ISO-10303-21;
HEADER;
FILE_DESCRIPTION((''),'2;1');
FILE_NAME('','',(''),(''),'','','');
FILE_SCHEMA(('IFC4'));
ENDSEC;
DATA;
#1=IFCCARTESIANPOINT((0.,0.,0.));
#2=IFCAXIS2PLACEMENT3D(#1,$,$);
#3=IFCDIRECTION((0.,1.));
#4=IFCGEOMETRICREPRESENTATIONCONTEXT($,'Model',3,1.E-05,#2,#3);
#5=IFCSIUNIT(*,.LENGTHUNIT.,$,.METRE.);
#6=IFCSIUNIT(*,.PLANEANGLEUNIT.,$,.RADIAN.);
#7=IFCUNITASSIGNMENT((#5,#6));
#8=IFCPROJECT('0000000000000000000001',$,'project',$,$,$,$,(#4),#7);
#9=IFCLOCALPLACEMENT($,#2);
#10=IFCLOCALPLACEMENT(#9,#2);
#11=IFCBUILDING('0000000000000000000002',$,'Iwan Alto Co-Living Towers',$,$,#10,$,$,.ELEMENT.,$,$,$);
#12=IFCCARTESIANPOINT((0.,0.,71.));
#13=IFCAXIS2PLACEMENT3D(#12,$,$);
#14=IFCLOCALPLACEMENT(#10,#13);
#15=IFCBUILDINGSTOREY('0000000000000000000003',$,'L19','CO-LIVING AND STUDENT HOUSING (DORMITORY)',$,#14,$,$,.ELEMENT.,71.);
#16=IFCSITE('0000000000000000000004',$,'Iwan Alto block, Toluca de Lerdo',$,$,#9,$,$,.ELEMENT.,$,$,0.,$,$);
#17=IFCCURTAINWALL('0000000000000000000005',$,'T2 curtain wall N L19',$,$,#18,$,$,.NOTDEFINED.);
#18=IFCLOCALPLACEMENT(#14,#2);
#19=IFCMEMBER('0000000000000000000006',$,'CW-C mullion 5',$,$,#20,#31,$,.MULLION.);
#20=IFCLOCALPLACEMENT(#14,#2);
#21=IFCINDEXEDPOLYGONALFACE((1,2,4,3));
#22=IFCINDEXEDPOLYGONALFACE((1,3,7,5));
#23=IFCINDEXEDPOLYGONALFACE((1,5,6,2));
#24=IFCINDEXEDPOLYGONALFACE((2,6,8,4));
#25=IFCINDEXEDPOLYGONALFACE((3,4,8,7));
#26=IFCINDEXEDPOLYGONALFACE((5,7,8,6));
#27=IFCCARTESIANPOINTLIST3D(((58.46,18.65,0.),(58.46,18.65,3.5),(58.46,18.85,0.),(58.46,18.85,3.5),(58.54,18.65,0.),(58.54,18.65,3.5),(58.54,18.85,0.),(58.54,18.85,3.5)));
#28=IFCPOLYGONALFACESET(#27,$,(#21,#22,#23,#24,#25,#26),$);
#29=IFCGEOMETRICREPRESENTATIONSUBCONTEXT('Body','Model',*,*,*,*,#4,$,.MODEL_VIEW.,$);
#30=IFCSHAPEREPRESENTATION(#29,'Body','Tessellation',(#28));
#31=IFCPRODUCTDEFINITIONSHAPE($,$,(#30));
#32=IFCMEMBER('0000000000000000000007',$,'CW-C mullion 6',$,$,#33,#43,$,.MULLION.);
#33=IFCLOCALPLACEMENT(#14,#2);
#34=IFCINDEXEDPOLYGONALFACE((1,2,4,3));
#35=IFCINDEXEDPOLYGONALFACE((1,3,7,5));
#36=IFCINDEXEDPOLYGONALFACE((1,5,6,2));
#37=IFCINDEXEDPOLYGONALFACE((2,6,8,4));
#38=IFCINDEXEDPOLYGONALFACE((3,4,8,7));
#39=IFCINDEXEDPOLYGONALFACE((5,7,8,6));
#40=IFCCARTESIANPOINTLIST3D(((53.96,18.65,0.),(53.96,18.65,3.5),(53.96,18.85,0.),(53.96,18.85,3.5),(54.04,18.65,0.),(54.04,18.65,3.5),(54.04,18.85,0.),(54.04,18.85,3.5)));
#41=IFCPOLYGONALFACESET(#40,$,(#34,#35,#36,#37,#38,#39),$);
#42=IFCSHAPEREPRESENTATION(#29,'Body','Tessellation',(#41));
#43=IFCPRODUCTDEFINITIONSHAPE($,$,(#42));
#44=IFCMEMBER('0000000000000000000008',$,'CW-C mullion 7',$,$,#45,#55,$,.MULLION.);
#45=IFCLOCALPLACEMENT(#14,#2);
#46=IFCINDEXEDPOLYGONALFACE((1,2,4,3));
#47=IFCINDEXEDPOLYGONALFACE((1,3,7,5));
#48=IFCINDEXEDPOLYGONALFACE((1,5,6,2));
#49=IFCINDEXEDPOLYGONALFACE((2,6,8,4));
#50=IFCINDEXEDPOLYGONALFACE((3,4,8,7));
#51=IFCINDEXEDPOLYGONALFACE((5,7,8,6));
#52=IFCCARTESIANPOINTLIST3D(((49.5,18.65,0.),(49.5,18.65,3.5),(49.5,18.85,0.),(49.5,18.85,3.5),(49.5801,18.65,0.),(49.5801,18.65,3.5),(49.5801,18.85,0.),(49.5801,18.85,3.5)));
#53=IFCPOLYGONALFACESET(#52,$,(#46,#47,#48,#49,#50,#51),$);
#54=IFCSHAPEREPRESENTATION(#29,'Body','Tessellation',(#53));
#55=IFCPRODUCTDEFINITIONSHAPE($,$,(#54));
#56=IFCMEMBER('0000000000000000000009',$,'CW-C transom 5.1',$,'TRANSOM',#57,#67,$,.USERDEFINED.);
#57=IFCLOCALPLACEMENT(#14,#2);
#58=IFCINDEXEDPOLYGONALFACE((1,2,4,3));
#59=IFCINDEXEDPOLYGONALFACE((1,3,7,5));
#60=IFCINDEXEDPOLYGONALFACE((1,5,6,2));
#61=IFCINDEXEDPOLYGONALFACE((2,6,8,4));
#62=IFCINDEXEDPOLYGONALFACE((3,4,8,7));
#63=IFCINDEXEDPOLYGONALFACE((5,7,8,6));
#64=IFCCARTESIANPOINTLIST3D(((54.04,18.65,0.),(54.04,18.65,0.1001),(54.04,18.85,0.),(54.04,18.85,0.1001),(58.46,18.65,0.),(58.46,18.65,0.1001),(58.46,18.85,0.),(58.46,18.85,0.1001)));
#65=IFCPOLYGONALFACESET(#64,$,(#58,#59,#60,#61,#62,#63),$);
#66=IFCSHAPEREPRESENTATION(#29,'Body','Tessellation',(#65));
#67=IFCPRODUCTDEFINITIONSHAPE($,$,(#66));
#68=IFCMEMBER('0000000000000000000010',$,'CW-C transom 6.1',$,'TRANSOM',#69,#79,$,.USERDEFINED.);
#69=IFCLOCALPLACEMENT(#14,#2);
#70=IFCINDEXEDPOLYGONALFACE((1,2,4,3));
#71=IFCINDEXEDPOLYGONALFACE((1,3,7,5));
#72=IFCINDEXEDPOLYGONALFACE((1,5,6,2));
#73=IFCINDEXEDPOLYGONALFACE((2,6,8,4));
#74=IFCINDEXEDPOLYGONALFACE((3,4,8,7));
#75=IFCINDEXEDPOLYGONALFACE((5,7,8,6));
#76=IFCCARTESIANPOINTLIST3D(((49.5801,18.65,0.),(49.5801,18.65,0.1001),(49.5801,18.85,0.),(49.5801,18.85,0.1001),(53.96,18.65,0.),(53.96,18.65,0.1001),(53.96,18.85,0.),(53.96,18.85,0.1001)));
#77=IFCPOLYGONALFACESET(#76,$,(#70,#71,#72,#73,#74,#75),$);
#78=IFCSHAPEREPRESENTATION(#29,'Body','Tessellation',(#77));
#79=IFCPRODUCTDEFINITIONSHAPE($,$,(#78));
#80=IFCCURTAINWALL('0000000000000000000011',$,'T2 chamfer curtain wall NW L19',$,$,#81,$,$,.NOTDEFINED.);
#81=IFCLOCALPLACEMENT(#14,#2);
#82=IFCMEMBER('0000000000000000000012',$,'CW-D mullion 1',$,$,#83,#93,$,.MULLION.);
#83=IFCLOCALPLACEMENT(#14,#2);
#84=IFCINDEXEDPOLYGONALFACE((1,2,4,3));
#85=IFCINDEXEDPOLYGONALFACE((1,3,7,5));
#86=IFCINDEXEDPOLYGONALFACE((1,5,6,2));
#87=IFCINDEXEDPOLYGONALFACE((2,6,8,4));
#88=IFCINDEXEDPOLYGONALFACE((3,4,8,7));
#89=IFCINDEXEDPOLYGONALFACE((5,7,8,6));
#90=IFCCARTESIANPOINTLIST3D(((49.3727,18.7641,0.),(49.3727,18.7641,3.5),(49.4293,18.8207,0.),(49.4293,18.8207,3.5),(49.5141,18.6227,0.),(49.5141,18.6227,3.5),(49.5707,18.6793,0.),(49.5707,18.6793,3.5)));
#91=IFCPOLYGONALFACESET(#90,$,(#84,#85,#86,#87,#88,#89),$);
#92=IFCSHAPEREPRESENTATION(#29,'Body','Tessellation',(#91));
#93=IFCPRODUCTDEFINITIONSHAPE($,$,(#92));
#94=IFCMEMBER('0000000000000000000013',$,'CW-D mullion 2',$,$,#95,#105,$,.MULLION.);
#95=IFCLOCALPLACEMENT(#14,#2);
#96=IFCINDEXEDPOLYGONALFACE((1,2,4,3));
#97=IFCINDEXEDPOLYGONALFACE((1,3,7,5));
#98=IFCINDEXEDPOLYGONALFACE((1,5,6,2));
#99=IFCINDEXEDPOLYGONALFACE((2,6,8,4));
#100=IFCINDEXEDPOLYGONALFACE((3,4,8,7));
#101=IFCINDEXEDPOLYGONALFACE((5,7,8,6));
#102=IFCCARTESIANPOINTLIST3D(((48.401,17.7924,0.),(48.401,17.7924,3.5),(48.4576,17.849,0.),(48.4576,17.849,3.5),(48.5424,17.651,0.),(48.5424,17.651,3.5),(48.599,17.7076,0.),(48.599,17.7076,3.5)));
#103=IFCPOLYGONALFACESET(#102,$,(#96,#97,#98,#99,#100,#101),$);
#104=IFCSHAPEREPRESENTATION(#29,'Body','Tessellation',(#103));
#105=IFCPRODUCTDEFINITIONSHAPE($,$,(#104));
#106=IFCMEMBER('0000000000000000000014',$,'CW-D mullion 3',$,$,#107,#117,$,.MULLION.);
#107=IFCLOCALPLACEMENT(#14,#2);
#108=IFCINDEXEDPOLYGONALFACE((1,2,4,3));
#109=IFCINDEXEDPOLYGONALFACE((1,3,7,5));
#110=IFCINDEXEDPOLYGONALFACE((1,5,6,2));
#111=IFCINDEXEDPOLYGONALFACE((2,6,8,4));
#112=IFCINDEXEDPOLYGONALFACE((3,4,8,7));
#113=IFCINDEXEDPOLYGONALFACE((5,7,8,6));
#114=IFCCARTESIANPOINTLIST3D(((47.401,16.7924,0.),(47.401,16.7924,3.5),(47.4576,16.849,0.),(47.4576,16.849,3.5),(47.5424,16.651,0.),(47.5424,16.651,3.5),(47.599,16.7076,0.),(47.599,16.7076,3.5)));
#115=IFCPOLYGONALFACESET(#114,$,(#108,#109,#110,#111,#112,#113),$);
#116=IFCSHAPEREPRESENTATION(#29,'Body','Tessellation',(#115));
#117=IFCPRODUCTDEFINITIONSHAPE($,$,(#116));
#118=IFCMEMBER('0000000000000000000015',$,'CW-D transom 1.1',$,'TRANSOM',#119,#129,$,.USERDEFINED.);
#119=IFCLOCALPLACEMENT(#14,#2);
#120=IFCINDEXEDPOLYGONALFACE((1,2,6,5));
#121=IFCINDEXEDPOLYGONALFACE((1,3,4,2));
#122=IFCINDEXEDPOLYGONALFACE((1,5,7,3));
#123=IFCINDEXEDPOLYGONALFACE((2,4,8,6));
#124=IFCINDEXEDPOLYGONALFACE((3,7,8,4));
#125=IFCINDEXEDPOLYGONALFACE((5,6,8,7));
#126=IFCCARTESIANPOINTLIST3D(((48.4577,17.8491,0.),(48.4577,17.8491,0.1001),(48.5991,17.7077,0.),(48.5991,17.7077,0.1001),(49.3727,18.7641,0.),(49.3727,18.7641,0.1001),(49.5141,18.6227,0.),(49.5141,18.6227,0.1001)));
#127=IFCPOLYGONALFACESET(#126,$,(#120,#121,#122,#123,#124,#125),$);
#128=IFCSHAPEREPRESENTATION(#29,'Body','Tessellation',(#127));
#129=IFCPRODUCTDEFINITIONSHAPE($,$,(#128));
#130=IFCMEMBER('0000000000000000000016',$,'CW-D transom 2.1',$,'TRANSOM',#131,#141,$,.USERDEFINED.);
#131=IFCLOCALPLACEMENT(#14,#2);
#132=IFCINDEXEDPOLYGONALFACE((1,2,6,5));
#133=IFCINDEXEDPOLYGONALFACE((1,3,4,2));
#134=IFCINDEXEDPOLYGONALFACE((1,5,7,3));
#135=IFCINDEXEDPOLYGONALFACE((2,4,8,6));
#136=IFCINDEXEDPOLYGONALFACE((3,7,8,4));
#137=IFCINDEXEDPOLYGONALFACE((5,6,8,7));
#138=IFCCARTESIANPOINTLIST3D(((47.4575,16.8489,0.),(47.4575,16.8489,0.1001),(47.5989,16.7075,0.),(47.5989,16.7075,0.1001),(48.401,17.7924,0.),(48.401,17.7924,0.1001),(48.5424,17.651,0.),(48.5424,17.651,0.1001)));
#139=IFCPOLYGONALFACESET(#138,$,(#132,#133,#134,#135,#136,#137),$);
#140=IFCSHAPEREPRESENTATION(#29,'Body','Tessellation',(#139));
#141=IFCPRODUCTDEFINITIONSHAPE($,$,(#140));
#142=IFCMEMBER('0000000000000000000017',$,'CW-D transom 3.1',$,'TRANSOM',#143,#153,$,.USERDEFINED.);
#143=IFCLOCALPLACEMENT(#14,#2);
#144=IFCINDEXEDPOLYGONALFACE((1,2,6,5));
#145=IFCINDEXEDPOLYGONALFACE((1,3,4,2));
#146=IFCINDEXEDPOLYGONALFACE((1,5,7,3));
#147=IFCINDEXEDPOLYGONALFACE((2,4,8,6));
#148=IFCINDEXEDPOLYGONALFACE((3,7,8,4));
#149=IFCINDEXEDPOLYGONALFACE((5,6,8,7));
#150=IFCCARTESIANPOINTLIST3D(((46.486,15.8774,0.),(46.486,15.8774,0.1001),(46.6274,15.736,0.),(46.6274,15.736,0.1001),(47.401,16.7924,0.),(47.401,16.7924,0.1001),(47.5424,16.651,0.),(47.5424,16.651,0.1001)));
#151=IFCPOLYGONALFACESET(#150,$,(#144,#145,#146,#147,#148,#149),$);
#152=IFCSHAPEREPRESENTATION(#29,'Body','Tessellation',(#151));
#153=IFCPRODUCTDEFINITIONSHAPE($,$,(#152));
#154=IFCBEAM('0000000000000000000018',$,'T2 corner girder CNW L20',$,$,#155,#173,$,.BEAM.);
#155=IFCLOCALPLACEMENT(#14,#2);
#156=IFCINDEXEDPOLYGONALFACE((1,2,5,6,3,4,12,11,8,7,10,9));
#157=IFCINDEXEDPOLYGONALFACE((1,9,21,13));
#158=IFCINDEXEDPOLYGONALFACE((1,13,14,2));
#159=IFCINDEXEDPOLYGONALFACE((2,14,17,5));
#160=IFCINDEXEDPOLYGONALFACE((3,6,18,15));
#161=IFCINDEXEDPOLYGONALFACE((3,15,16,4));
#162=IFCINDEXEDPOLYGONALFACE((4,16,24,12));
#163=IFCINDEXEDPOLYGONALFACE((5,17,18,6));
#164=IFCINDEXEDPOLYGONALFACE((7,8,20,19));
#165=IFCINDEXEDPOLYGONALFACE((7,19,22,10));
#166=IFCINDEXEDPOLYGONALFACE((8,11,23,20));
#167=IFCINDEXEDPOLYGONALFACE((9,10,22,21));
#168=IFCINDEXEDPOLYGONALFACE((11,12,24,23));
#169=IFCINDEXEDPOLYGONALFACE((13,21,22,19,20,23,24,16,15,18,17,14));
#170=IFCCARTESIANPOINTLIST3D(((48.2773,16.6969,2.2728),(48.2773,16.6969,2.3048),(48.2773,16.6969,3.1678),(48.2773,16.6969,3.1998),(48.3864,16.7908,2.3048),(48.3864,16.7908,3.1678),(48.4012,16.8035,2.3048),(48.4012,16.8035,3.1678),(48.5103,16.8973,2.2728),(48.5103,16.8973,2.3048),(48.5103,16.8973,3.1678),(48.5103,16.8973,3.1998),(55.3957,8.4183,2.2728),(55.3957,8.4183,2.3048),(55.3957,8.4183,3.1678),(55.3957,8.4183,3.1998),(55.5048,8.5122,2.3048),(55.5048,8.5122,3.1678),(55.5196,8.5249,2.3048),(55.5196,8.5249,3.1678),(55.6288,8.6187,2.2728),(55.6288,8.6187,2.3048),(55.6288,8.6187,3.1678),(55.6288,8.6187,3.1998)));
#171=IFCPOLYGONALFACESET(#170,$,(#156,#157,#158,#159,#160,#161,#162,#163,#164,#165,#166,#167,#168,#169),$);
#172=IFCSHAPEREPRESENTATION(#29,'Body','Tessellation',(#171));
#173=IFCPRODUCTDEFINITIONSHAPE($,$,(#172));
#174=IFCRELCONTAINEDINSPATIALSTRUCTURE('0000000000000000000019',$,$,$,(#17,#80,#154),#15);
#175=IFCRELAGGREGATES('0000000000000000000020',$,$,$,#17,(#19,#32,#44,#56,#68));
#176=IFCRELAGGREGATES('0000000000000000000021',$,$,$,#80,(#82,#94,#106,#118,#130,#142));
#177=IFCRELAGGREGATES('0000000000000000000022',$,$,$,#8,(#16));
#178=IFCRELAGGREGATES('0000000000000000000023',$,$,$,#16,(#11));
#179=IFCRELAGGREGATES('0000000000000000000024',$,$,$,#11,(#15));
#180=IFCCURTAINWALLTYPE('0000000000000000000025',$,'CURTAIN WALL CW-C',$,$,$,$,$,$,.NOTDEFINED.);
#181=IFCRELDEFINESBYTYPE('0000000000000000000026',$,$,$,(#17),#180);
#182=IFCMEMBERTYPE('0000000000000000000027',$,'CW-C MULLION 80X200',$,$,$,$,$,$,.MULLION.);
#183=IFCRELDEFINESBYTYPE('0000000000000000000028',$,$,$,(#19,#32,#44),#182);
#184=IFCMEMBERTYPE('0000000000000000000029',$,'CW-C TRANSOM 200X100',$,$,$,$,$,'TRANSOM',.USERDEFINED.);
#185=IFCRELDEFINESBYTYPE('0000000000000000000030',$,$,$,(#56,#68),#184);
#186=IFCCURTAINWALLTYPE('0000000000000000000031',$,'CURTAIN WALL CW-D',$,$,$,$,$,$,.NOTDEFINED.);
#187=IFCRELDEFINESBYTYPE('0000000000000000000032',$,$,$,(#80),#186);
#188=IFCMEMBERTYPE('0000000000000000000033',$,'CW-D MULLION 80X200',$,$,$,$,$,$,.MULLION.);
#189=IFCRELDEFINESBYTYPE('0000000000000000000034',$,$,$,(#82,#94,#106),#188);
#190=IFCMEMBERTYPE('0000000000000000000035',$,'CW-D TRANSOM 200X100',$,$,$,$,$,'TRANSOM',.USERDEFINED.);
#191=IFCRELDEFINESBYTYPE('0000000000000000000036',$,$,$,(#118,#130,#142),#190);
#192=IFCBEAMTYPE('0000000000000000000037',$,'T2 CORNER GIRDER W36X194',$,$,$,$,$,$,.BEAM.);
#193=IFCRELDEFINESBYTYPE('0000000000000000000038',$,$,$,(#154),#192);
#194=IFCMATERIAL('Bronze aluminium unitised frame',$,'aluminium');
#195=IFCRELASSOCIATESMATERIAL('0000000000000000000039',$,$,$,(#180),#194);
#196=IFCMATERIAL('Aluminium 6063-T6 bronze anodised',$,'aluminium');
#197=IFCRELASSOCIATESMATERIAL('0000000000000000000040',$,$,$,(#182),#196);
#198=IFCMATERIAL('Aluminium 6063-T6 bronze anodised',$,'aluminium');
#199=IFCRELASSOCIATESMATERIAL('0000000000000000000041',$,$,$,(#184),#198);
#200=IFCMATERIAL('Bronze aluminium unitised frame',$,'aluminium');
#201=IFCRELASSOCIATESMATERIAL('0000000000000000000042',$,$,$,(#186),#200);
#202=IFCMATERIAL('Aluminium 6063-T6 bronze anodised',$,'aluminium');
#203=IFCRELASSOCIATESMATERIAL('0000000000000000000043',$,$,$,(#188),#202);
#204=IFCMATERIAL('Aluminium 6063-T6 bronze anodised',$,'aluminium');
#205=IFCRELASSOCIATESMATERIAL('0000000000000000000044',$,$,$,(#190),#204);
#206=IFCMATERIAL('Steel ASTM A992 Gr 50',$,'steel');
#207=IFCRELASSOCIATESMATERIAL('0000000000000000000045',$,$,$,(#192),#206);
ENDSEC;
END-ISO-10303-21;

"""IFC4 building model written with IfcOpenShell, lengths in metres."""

from ifc_helpers import new_model, si_unit, direction, frame, origin, origin_2d, place, context, subcontext, project, spatial, rectangle, i_section, extrude, material, material_profile, profile_set, type_object, element, aggregate, save


model = new_model("IFC4")

# Units and contexts
model_context = context("Model", 3, precision=1e-05, world=origin(), true_north=direction((0.0, 1.0)))
body_context = subcontext(model_context, "Body", "Model", "MODEL_VIEW")
ifc_project = project(units=[si_unit("LENGTHUNIT", "METRE"), si_unit("PLANEANGLEUNIT", "RADIAN")], contexts=[model_context])

# Site, building, storey
site_placement = place(None, origin())
site = spatial("IfcSite", under=ifc_project, at=site_placement, Name="Iwan Alto block, Toluca de Lerdo", CompositionType="ELEMENT", RefElevation=0.0)
building_placement = place(site_placement, origin())
building = spatial("IfcBuilding", under=site, at=building_placement, Name="Iwan Alto Co-Living Towers", CompositionType="ELEMENT")
storey_placement = place(building_placement, frame((0.0, 0.0, 71.0)))
storey = spatial("IfcBuildingStorey", under=building, at=storey_placement, Name="L19", Description="CO-LIVING AND STUDENT HOUSING (DORMITORY)", CompositionType="ELEMENT", Elevation=71.0)

# Curtain walls, members
ifc_material_1 = material(Name="Bronze aluminium unitised frame", Category="aluminium")
curtain_wall_type_1 = type_object("IfcCurtainWallType", Name="CURTAIN WALL CW-C", PredefinedType="NOTDEFINED", material=ifc_material_1)
curtain_wall_1_placement = place(storey_placement, origin())
curtain_wall_1 = element("IfcCurtainWall", 1, at=curtain_wall_1_placement, inside=storey, type_object=curtain_wall_type_1, Name="T2 curtain wall N L19", PredefinedType="NOTDEFINED")
ifc_material_2 = material(Name="Aluminium 6063-T6 bronze anodised", Category="aluminium")
ifc_material_profile_1 = material_profile(ifc_material_2, rectangle(XDim=0.2, YDim=0.0801, at=origin_2d()), Name="AL 80X200")
ifc_profile_set_1 = profile_set([ifc_material_profile_1], Name="Aluminium 6063-T6 bronze anodised")
member_type_1 = type_object("IfcMemberType", Name="CW-C MULLION 80X200", PredefinedType="MULLION", material=ifc_profile_set_1)
member_1_placement = place(storey_placement, frame((58.5, 18.75, 0.0), z_axis=(0.0, 0.0, 1.0), x_axis=(0.0, -1.0, 0.0)))
member_1 = element("IfcMember", 2, at=member_1_placement, type_object=member_type_1, Name="CW-C mullion 5", PredefinedType="MULLION", context=body_context, shape_type="SweptSolid", body=[
    extrude(rectangle(XDim=0.2, YDim=0.0801, at=origin_2d()), origin(), (0.0, 0.0, 1.0), 3.5),
])
member_2_placement = place(storey_placement, frame((54.0, 18.75, 0.0), z_axis=(0.0, 0.0, 1.0), x_axis=(0.0, -1.0, 0.0)))
member_2 = element("IfcMember", 3, at=member_2_placement, type_object=member_type_1, Name="CW-C mullion 6", PredefinedType="MULLION", context=body_context, shape_type="SweptSolid", body=[
    extrude(rectangle(XDim=0.2, YDim=0.0801, at=origin_2d()), origin(), (0.0, 0.0, 1.0), 3.5),
])
member_3_placement = place(storey_placement, frame((49.54, 18.75, 0.0), z_axis=(0.0, 0.0, 1.0), x_axis=(0.0, -1.0, 0.0)))
member_3 = element("IfcMember", 4, at=member_3_placement, type_object=member_type_1, Name="CW-C mullion 7", PredefinedType="MULLION", context=body_context, shape_type="SweptSolid", body=[
    extrude(rectangle(XDim=0.2, YDim=0.0801, at=origin_2d()), origin(), (0.0, 0.0, 1.0), 3.5),
])
ifc_material_3 = material(Name="Aluminium 6063-T6 bronze anodised", Category="aluminium")
ifc_material_profile_2 = material_profile(ifc_material_3, rectangle(XDim=0.2, YDim=0.1001, at=origin_2d()), Name="AL 200X100")
ifc_profile_set_2 = profile_set([ifc_material_profile_2], Name="Aluminium 6063-T6 bronze anodised")
member_type_2 = type_object("IfcMemberType", Name="CW-C TRANSOM 200X100", ElementType="TRANSOM", PredefinedType="USERDEFINED", material=ifc_profile_set_2)
member_4_placement = place(storey_placement, frame((58.46, 18.75, 0.05), z_axis=(-1.0, 0.0, 0.0), x_axis=(0.0, -1.0, 0.0)))
member_4 = element("IfcMember", 5, at=member_4_placement, type_object=member_type_2, Name="CW-C transom 5.1", ObjectType="TRANSOM", PredefinedType="USERDEFINED", context=body_context, shape_type="SweptSolid", body=[
    extrude(rectangle(XDim=0.2, YDim=0.1001, at=origin_2d()), origin(), (0.0, 0.0, 1.0), 4.4199),
])
member_5_placement = place(storey_placement, frame((53.96, 18.75, 0.05), z_axis=(-1.0, 0.0, 0.0), x_axis=(0.0, -1.0, 0.0)))
member_5 = element("IfcMember", 6, at=member_5_placement, type_object=member_type_2, Name="CW-C transom 6.1", ObjectType="TRANSOM", PredefinedType="USERDEFINED", context=body_context, shape_type="SweptSolid", body=[
    extrude(rectangle(XDim=0.2, YDim=0.1001, at=origin_2d()), origin(), (0.0, 0.0, 1.0), 4.3799),
])
ifc_material_4 = material(Name="Bronze aluminium unitised frame", Category="aluminium")
curtain_wall_type_2 = type_object("IfcCurtainWallType", Name="CURTAIN WALL CW-D", PredefinedType="NOTDEFINED", material=ifc_material_4)
curtain_wall_2_placement = place(storey_placement, origin())
curtain_wall_2 = element("IfcCurtainWall", 7, at=curtain_wall_2_placement, inside=storey, type_object=curtain_wall_type_2, Name="T2 chamfer curtain wall NW L19", PredefinedType="NOTDEFINED")
ifc_material_5 = material(Name="Aluminium 6063-T6 bronze anodised", Category="aluminium")
ifc_material_profile_3 = material_profile(ifc_material_5, rectangle(XDim=0.2, YDim=0.0801, at=origin_2d()), Name="AL 80X200")
ifc_profile_set_3 = profile_set([ifc_material_profile_3], Name="Aluminium 6063-T6 bronze anodised")
member_type_3 = type_object("IfcMemberType", Name="CW-D MULLION 80X200", PredefinedType="MULLION", material=ifc_profile_set_3)
member_6_placement = place(storey_placement, frame((49.4717, 18.7217, 0.0), z_axis=(0.0, 0.0, 1.0), x_axis=(0.707107, -0.707107, 0.0)))
member_6 = element("IfcMember", 8, at=member_6_placement, type_object=member_type_3, Name="CW-D mullion 1", PredefinedType="MULLION", context=body_context, shape_type="SweptSolid", body=[
    extrude(rectangle(XDim=0.2, YDim=0.0801, at=origin_2d()), origin(), (0.0, 0.0, 1.0), 3.5),
])
member_7_placement = place(storey_placement, frame((48.5, 17.75, 0.0), z_axis=(0.0, 0.0, 1.0), x_axis=(0.707107, -0.707107, 0.0)))
member_7 = element("IfcMember", 9, at=member_7_placement, type_object=member_type_3, Name="CW-D mullion 2", PredefinedType="MULLION", context=body_context, shape_type="SweptSolid", body=[
    extrude(rectangle(XDim=0.2, YDim=0.0801, at=origin_2d()), origin(), (0.0, 0.0, 1.0), 3.5),
])
member_8_placement = place(storey_placement, frame((47.5, 16.75, 0.0), z_axis=(0.0, 0.0, 1.0), x_axis=(0.707107, -0.707107, 0.0)))
member_8 = element("IfcMember", 10, at=member_8_placement, type_object=member_type_3, Name="CW-D mullion 3", PredefinedType="MULLION", context=body_context, shape_type="SweptSolid", body=[
    extrude(rectangle(XDim=0.2, YDim=0.0801, at=origin_2d()), origin(), (0.0, 0.0, 1.0), 3.5),
])
ifc_material_6 = material(Name="Aluminium 6063-T6 bronze anodised", Category="aluminium")
ifc_material_profile_4 = material_profile(ifc_material_6, rectangle(XDim=0.2, YDim=0.1001, at=origin_2d()), Name="AL 200X100")
ifc_profile_set_4 = profile_set([ifc_material_profile_4], Name="Aluminium 6063-T6 bronze anodised")
member_type_4 = type_object("IfcMemberType", Name="CW-D TRANSOM 200X100", ElementType="TRANSOM", PredefinedType="USERDEFINED", material=ifc_profile_set_4)
member_9_placement = place(storey_placement, frame((49.4434, 18.6934, 0.05), z_axis=(-0.707107, -0.707107, 0.0), x_axis=(0.707107, -0.707107, 0.0)))
member_9 = element("IfcMember", 11, at=member_9_placement, type_object=member_type_4, Name="CW-D transom 1.1", ObjectType="TRANSOM", PredefinedType="USERDEFINED", context=body_context, shape_type="SweptSolid", body=[
    extrude(rectangle(XDim=0.2, YDim=0.1001, at=origin_2d()), origin(), (0.0, 0.0, 1.0), 1.2939),
])
member_10_placement = place(storey_placement, frame((48.4717, 17.7217, 0.05), z_axis=(-0.707107, -0.707107, 0.0), x_axis=(0.707107, -0.707107, 0.0)))
member_10 = element("IfcMember", 12, at=member_10_placement, type_object=member_type_4, Name="CW-D transom 2.1", ObjectType="TRANSOM", PredefinedType="USERDEFINED", context=body_context, shape_type="SweptSolid", body=[
    extrude(rectangle(XDim=0.2, YDim=0.1001, at=origin_2d()), origin(), (0.0, 0.0, 1.0), 1.3342),
])
member_11_placement = place(storey_placement, frame((47.4717, 16.7217, 0.05), z_axis=(-0.707107, -0.707107, 0.0), x_axis=(0.707107, -0.707107, 0.0)))
member_11 = element("IfcMember", 13, at=member_11_placement, type_object=member_type_4, Name="CW-D transom 3.1", ObjectType="TRANSOM", PredefinedType="USERDEFINED", context=body_context, shape_type="SweptSolid", body=[
    extrude(rectangle(XDim=0.2, YDim=0.1001, at=origin_2d()), origin(), (0.0, 0.0, 1.0), 1.2939),
])

# Beam
ifc_material_7 = material(Name="Steel ASTM A992 Gr 50", Category="steel")
ifc_material_profile_5 = material_profile(ifc_material_7, i_section(OverallWidth=0.3074, OverallDepth=0.927, WebThickness=0.0195, FlangeThickness=0.032, at=origin_2d()), Name="W36X194")
ifc_profile_set_5 = profile_set([ifc_material_profile_5], Name="Steel ASTM A992 Gr 50")
beam_type_1 = type_object("IfcBeamType", Name="T2 CORNER GIRDER W36X194", PredefinedType="BEAM", material=ifc_profile_set_5)
beam_1_placement = place(storey_placement, frame((48.3938, 16.7971, 2.7363), z_axis=(0.651978, -0.758238, 0.0), x_axis=(0.758238, 0.651978, 0.0)))
element("IfcBeam", 14, at=beam_1_placement, inside=storey, type_object=beam_type_1, Name="T2 corner girder CNW L20", PredefinedType="BEAM", context=body_context, shape_type="SweptSolid", body=[
    extrude(i_section(OverallWidth=0.3074, OverallDepth=0.927, WebThickness=0.0195, FlangeThickness=0.032, at=origin_2d()), origin(), (0.0, 0.0, 1.0), 10.9182),
])

aggregate(curtain_wall_1, [member_1, member_2, member_3, member_4, member_5])
aggregate(curtain_wall_2, [member_6, member_7, member_8, member_9, member_10, member_11])

save(model, "model.ifc")
